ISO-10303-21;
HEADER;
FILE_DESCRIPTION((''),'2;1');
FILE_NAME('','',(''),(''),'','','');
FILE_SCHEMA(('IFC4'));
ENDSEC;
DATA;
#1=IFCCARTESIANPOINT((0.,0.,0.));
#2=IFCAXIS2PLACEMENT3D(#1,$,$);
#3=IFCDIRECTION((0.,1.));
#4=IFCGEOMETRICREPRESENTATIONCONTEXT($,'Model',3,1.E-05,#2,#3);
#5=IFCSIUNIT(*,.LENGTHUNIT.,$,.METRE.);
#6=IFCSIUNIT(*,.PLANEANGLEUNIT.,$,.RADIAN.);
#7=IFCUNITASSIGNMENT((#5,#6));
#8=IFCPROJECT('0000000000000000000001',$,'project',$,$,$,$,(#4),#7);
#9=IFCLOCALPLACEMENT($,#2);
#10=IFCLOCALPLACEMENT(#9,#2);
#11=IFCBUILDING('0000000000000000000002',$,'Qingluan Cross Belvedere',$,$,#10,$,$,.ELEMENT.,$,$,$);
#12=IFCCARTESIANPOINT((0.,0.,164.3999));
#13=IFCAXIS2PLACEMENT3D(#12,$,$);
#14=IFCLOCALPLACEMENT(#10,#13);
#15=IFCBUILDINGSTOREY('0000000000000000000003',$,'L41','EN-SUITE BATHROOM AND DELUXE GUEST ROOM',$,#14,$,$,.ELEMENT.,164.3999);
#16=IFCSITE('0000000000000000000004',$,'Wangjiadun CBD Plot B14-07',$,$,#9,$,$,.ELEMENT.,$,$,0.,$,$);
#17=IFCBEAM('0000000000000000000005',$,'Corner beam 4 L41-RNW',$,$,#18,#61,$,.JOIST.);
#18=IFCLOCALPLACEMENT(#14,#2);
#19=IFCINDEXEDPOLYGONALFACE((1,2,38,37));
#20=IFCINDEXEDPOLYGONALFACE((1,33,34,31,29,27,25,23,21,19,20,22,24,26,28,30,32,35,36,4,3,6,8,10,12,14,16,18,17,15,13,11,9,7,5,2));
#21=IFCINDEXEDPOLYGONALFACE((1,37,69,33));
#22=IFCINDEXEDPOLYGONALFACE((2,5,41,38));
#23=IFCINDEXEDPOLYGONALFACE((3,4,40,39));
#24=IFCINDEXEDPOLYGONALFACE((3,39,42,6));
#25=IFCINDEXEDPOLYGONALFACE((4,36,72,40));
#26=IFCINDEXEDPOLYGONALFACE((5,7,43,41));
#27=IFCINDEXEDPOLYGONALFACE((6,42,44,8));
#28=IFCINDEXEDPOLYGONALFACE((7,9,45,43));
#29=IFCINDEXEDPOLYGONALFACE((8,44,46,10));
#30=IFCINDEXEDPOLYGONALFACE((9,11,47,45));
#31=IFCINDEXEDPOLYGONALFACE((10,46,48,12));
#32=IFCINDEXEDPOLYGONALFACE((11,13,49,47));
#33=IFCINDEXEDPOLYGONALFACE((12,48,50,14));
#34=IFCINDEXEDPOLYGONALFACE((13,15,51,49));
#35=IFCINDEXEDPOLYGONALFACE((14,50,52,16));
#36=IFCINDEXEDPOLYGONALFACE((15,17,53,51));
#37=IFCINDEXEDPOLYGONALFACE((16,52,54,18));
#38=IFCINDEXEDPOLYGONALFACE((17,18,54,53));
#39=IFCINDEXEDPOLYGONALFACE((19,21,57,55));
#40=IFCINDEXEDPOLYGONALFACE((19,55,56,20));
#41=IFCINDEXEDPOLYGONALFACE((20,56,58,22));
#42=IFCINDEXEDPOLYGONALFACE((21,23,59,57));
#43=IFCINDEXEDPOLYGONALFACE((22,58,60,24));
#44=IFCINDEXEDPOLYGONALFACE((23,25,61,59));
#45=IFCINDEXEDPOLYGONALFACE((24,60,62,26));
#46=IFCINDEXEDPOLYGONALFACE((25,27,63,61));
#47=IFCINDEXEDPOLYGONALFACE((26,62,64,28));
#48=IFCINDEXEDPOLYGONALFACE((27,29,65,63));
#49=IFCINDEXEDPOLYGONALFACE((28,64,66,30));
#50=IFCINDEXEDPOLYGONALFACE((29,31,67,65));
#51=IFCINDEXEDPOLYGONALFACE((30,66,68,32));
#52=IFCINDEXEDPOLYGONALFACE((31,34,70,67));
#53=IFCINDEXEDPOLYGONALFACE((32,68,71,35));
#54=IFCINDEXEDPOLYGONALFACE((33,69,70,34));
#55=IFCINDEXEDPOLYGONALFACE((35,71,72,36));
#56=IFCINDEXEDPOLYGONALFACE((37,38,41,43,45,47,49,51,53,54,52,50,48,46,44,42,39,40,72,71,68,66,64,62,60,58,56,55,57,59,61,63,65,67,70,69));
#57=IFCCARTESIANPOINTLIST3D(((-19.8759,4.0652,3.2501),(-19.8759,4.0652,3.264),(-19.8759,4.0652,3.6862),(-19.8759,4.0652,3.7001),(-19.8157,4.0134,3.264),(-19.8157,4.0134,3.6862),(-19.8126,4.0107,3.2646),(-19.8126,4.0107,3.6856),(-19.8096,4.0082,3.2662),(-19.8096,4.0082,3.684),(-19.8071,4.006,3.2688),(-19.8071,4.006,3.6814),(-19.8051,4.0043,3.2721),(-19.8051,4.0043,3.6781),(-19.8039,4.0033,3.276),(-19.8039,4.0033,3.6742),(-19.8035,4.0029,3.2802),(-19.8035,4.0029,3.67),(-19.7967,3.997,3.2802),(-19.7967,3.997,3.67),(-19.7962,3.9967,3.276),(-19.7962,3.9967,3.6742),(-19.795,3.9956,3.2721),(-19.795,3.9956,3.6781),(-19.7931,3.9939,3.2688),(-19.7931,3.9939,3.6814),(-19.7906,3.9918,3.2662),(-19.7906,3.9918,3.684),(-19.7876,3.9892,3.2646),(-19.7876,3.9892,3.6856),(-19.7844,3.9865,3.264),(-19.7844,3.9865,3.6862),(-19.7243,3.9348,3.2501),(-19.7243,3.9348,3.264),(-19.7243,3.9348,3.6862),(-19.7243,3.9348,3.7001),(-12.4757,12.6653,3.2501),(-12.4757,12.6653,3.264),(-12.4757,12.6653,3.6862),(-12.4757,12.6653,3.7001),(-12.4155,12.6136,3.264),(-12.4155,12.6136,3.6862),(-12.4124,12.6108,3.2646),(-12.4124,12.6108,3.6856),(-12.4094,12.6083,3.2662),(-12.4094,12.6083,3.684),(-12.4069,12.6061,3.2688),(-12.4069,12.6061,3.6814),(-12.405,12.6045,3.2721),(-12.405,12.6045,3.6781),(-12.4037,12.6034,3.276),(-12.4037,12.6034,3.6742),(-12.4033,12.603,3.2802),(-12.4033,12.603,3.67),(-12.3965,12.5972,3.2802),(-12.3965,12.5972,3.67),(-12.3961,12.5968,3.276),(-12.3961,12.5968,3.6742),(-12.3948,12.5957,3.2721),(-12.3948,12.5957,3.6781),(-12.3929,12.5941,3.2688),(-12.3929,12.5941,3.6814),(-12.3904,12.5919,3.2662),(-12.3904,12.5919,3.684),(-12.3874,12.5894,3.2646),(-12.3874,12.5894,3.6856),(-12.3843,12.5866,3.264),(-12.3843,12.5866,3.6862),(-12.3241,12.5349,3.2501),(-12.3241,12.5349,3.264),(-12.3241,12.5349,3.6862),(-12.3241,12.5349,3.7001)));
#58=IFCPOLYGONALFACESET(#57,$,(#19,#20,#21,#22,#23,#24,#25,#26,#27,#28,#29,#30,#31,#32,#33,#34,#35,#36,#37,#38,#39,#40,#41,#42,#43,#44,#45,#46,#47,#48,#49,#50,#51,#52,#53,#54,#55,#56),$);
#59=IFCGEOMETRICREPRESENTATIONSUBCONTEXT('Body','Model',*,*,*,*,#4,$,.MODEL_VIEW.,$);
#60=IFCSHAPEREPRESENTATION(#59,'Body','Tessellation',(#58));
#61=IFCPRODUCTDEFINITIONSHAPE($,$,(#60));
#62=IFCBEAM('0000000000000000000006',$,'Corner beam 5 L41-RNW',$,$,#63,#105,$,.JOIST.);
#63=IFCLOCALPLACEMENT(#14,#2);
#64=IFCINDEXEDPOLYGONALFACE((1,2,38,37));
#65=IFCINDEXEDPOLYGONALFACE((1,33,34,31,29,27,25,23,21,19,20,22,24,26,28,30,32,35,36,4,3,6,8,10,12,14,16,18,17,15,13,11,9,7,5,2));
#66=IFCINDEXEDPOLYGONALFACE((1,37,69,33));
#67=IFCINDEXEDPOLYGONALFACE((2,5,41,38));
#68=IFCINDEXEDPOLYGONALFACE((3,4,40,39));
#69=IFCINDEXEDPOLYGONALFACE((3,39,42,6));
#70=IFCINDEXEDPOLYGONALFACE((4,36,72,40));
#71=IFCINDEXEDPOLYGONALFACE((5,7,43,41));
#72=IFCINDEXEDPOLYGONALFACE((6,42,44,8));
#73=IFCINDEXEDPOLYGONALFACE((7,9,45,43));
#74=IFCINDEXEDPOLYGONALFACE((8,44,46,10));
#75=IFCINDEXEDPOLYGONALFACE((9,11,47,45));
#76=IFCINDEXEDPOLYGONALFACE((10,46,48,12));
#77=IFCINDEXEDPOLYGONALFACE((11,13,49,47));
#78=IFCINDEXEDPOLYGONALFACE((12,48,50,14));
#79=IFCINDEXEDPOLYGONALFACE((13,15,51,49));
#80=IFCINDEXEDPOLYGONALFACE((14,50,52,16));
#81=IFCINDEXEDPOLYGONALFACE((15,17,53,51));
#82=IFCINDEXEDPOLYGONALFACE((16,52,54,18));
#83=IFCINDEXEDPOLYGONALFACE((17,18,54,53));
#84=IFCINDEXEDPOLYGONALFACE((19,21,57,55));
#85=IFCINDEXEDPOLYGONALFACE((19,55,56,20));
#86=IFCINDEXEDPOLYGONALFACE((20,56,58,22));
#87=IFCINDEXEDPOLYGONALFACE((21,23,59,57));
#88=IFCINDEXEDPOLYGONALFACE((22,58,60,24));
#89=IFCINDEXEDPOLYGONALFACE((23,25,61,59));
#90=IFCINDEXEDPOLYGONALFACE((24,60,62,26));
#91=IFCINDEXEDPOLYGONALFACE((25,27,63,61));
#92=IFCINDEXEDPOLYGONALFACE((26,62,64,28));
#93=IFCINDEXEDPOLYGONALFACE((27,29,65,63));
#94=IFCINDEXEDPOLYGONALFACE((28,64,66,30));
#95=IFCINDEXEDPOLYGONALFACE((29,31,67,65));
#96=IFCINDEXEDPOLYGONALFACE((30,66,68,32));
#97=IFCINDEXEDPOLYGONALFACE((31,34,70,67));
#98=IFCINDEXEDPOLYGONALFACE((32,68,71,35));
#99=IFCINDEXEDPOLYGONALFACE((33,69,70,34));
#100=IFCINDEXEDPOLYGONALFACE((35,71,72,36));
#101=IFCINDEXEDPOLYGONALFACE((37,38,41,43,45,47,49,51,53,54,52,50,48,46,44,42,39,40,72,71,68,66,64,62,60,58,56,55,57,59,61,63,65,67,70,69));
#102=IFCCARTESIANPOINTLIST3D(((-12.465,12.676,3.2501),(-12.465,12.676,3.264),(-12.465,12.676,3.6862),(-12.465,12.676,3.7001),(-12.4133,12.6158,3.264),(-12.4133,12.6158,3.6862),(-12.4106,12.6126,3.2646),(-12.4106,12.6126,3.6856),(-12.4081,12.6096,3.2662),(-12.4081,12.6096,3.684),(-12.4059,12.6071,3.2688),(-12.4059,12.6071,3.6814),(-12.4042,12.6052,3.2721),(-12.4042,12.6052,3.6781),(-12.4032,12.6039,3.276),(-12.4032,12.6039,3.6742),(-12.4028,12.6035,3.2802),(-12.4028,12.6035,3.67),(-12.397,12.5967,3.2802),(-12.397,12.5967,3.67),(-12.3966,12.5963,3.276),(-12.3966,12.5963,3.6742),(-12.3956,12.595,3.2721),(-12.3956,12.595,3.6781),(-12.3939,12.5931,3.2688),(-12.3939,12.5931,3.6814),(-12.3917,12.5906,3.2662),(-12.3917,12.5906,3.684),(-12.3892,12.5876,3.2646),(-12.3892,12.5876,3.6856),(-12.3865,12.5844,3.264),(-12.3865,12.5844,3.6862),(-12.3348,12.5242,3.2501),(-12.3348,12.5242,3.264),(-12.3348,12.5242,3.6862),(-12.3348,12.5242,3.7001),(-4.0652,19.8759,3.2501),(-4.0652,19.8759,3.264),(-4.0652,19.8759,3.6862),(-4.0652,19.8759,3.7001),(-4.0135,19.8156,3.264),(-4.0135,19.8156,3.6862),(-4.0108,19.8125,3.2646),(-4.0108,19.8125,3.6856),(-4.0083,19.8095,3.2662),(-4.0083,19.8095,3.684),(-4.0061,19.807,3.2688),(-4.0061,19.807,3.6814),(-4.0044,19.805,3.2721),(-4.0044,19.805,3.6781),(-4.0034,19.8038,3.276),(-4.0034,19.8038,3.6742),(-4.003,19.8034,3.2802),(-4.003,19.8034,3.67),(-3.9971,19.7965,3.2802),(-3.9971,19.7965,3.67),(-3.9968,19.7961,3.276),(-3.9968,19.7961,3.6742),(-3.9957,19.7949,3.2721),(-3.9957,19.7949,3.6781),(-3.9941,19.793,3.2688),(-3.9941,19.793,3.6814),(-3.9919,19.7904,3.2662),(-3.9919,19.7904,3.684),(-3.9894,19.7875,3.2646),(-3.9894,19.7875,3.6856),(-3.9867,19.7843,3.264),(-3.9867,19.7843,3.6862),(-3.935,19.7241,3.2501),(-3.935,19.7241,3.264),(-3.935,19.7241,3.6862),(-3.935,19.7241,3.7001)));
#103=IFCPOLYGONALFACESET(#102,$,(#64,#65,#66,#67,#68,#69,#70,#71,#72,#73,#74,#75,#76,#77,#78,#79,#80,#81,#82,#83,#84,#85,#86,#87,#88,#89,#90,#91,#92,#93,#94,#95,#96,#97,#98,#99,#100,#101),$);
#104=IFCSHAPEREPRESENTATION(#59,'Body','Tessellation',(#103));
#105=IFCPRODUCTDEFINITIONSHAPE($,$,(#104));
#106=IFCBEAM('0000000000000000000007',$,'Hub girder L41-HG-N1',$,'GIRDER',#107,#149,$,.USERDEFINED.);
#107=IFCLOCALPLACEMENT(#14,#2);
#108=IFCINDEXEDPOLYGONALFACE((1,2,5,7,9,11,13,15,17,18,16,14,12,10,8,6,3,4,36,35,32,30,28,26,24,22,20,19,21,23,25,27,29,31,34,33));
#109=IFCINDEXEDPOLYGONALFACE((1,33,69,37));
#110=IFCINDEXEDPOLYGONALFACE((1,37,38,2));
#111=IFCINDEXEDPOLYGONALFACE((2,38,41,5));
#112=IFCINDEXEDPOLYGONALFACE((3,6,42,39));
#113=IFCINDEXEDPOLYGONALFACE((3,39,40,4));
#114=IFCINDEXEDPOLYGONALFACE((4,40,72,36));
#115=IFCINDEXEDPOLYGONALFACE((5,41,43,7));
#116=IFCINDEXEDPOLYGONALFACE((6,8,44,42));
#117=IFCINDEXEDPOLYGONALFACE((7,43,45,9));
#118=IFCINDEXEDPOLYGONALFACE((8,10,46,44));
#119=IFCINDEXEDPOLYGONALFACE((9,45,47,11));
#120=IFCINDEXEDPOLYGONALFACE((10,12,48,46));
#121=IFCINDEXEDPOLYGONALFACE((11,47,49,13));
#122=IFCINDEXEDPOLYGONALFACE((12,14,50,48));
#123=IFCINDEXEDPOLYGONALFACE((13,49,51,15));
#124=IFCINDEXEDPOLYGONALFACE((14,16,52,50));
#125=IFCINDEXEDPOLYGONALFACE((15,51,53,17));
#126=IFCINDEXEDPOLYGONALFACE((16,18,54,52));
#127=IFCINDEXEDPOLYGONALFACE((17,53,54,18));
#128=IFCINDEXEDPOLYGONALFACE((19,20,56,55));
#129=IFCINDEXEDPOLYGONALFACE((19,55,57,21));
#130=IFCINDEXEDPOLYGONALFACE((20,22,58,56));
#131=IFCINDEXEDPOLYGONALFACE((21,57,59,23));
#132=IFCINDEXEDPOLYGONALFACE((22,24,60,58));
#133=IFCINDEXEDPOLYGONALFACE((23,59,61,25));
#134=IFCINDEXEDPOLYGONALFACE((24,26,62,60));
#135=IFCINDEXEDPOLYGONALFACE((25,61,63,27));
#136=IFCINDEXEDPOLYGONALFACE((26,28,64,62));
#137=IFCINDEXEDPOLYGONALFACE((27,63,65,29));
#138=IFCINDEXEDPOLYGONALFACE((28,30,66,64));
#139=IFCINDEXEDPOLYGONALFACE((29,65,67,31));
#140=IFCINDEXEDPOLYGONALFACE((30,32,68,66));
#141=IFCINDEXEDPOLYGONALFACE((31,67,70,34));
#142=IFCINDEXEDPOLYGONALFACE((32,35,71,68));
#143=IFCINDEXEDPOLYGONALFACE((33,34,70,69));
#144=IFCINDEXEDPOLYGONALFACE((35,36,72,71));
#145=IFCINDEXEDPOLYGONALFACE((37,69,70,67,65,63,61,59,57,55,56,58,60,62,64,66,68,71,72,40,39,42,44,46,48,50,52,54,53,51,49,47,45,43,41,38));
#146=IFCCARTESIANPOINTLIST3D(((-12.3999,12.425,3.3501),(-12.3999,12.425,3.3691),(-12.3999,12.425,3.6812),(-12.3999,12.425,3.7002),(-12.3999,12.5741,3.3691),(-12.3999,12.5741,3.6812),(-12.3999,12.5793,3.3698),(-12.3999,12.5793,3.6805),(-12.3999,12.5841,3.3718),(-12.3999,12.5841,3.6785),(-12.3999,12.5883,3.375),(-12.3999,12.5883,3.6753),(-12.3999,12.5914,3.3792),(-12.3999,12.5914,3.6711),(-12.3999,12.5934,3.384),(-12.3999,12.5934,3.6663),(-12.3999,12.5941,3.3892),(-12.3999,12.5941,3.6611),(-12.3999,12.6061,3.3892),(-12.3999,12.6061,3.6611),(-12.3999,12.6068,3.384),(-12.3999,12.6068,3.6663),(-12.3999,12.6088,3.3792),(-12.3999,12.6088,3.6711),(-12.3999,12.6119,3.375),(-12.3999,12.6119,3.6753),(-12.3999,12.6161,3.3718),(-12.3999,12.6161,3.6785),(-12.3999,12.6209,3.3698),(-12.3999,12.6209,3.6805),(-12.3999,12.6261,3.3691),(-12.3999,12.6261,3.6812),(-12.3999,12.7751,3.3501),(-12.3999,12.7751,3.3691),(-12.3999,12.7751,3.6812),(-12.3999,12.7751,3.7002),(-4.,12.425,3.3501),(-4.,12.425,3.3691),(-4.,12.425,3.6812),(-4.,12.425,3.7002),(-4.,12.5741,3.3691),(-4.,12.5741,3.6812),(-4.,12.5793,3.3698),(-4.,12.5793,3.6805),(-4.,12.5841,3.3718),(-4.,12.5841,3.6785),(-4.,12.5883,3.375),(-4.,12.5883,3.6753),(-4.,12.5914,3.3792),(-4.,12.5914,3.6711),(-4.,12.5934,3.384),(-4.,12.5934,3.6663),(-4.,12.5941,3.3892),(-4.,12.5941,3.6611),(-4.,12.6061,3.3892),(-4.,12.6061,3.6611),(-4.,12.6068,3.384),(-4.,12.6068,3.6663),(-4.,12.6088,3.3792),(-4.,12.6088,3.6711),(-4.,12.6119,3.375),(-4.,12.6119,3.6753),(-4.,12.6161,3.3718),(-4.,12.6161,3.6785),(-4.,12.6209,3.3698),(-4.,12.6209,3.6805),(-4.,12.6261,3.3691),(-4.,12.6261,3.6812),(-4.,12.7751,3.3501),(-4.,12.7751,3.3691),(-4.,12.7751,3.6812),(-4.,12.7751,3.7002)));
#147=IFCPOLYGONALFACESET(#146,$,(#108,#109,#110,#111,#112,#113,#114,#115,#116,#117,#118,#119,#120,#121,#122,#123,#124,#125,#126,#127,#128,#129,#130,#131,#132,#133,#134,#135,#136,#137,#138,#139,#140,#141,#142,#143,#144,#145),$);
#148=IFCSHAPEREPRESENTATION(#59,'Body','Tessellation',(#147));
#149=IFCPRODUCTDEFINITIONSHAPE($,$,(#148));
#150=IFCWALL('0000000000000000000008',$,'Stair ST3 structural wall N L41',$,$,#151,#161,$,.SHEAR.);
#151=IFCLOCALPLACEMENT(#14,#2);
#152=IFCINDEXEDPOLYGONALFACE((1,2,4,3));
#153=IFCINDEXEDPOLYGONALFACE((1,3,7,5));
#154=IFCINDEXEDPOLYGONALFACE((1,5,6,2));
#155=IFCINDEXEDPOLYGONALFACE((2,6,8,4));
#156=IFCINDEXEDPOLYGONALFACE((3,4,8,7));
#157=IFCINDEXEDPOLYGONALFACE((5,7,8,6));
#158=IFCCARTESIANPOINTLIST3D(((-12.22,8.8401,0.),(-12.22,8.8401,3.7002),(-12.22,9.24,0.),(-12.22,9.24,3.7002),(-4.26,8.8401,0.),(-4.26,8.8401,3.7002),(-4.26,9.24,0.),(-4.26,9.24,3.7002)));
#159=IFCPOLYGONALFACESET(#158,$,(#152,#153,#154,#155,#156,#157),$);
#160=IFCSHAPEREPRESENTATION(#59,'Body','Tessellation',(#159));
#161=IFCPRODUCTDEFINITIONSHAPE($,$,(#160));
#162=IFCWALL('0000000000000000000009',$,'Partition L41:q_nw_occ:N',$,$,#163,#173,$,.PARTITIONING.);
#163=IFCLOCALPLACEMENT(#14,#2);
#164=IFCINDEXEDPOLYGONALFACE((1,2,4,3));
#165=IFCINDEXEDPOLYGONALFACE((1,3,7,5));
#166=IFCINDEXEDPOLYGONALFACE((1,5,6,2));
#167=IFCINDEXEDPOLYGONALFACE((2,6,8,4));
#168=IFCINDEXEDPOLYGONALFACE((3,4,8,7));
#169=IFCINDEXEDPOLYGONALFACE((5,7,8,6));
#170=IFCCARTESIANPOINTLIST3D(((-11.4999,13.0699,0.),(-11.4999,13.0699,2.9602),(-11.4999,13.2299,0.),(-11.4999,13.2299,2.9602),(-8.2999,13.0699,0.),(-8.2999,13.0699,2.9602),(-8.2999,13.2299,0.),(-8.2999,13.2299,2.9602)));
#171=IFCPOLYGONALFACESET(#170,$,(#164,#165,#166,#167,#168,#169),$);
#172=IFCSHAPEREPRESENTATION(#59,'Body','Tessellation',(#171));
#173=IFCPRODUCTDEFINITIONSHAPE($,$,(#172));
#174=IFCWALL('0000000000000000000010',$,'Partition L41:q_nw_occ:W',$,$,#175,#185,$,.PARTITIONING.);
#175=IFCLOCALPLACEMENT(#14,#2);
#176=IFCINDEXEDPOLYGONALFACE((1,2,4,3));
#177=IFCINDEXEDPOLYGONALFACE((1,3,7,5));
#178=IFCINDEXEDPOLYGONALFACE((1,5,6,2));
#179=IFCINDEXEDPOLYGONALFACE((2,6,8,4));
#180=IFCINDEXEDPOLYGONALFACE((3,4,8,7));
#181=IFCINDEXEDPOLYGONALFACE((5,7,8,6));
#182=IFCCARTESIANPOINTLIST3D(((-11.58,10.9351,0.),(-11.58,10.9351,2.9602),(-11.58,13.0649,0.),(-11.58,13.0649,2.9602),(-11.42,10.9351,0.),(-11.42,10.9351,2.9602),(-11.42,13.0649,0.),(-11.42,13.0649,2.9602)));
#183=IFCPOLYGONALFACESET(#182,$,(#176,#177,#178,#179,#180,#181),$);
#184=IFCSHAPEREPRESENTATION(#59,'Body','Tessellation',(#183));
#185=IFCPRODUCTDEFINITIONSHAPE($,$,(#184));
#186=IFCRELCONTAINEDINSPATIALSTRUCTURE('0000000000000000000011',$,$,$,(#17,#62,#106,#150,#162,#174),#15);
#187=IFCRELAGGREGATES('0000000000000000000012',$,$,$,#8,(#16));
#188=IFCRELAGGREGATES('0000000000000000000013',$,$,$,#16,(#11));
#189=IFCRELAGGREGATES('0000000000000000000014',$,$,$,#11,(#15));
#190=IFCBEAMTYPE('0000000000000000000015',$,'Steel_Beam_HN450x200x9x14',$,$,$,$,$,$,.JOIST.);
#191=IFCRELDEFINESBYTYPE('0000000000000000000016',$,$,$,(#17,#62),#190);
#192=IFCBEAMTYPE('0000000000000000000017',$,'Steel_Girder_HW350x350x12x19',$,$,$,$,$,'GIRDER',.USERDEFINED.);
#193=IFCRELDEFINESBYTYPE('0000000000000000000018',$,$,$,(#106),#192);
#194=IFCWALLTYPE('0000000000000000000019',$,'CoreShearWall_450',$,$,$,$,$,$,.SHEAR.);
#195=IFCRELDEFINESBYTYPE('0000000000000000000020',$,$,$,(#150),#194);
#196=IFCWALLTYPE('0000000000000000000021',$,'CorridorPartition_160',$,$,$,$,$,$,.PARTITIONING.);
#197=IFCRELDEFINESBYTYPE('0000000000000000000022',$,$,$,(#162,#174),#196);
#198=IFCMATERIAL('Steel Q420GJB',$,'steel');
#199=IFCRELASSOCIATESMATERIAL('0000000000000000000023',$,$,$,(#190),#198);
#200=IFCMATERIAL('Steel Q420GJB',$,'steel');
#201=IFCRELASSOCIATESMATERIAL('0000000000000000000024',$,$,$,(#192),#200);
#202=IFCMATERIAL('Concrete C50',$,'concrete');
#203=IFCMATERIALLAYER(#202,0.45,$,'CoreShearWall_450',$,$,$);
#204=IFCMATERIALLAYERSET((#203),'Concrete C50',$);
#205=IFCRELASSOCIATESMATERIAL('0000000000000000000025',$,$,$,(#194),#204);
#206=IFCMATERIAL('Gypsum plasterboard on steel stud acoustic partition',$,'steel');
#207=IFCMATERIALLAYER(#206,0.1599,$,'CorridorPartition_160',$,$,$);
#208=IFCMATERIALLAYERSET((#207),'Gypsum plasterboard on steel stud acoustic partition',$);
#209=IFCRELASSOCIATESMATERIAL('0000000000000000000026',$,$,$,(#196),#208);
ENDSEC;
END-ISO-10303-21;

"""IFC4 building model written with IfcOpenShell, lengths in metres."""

from ifc_helpers import new_model, si_unit, direction, frame, frame_2d, origin, origin_2d, place, context, subcontext, project, spatial, rectangle, i_section, extrude, material, layer, layer_set, material_profile, profile_set, type_object, element, save


model = new_model("IFC4")

# Units and contexts
model_context = context("Model", 3, precision=1e-05, world=origin(), true_north=direction((0.0, 1.0)))
body_context = subcontext(model_context, "Body", "Model", "MODEL_VIEW")
ifc_project = project(units=[si_unit("LENGTHUNIT", "METRE"), si_unit("PLANEANGLEUNIT", "RADIAN")], contexts=[model_context])

# Site, building, storey
site_placement = place(None, origin())
site = spatial("IfcSite", under=ifc_project, at=site_placement, Name="Wangjiadun CBD Plot B14-07", CompositionType="ELEMENT", RefElevation=0.0)
building_placement = place(site_placement, origin())
building = spatial("IfcBuilding", under=site, at=building_placement, Name="Qingluan Cross Belvedere", CompositionType="ELEMENT")
storey_placement = place(building_placement, frame((0.0, 0.0, 164.3999)))
storey = spatial("IfcBuildingStorey", under=building, at=storey_placement, Name="L41", Description="EN-SUITE BATHROOM AND DELUXE GUEST ROOM", CompositionType="ELEMENT", Elevation=164.3999)

# Beams
ifc_material_1 = material(Name="Steel Q420GJB", Category="steel")
ifc_material_profile_1 = material_profile(ifc_material_1, i_section(OverallWidth=0.2, OverallDepth=0.45, WebThickness=0.009, FlangeThickness=0.0139, FilletRadius=0.0161, at=origin_2d()), Name="HN450x200x9x14")
ifc_profile_set_1 = profile_set([ifc_material_profile_1], Name="Steel Q420GJB")
beam_type_1 = type_object("IfcBeamType", Name="Steel_Beam_HN450x200x9x14", PredefinedType="JOIST", material=ifc_profile_set_1)
beam_1_placement = place(storey_placement, frame((-12.3999, 12.6001, 3.4751), z_axis=(-0.652245, -0.758008, 0.0), x_axis=(0.758008, -0.652245, 0.0)))
element("IfcBeam", 1, at=beam_1_placement, inside=storey, type_object=beam_type_1, Name="Corner beam 4 L41-RNW", PredefinedType="JOIST", context=body_context, shape_type="SweptSolid", body=[
    extrude(i_section(OverallWidth=0.2, OverallDepth=0.45, WebThickness=0.009, FlangeThickness=0.0139, FilletRadius=0.0161, at=origin_2d()), origin(), (0.0, 0.0, 1.0), 11.3457),
])
beam_2_placement = place(storey_placement, frame((-12.3999, 12.6001, 3.4751), z_axis=(0.759255, 0.650793, 0.0), x_axis=(-0.650793, 0.759255, 0.0)))
element("IfcBeam", 2, at=beam_2_placement, inside=storey, type_object=beam_type_1, Name="Corner beam 5 L41-RNW", PredefinedType="JOIST", context=body_context, shape_type="SweptSolid", body=[
    extrude(i_section(OverallWidth=0.2, OverallDepth=0.45, WebThickness=0.009, FlangeThickness=0.0139, FilletRadius=0.0161, at=origin_2d()), origin(), (0.0, 0.0, 1.0), 11.0632),
])
ifc_material_2 = material(Name="Steel Q420GJB", Category="steel")
ifc_material_profile_2 = material_profile(ifc_material_2, i_section(OverallWidth=0.3501, OverallDepth=0.3501, WebThickness=0.012, FlangeThickness=0.019, FilletRadius=0.02, at=origin_2d()), Name="HW350x350x12x19")
ifc_profile_set_2 = profile_set([ifc_material_profile_2], Name="Steel Q420GJB")
beam_type_2 = type_object("IfcBeamType", Name="Steel_Girder_HW350x350x12x19", ElementType="GIRDER", PredefinedType="USERDEFINED", material=ifc_profile_set_2)
beam_3_placement = place(storey_placement, frame((-12.3999, 12.6001, 3.5251), z_axis=(1.0, 0.0, 0.0), x_axis=(0.0, 1.0, 0.0)))
element("IfcBeam", 3, at=beam_3_placement, inside=storey, type_object=beam_type_2, Name="Hub girder L41-HG-N1", ObjectType="GIRDER", PredefinedType="USERDEFINED", context=body_context, shape_type="SweptSolid", body=[
    extrude(i_section(OverallWidth=0.3501, OverallDepth=0.3501, WebThickness=0.012, FlangeThickness=0.019, FilletRadius=0.02, at=origin_2d()), origin(), (0.0, 0.0, 1.0), 8.3999),
])

# Wall
ifc_material_3 = material(Name="Concrete C50", Category="concrete")
ifc_layer_1 = layer(ifc_material_3, 0.45, Name="CoreShearWall_450")
ifc_layer_set_1 = layer_set([ifc_layer_1], Name="Concrete C50")
wall_type_1 = type_object("IfcWallType", Name="CoreShearWall_450", PredefinedType="SHEAR", material=ifc_layer_set_1)
wall_1_placement = place(storey_placement, frame((-12.22, 9.04, 0.0), z_axis=(0.0, 0.0, 1.0), x_axis=(1.0, 0.0, 0.0)))
element("IfcWall", 4, at=wall_1_placement, inside=storey, type_object=wall_type_1, Name="Stair ST3 structural wall N L41", PredefinedType="SHEAR", context=body_context, shape_type="SweptSolid", body=[
    extrude(rectangle(XDim=7.96, YDim=0.3999, at=frame_2d((3.98, 0.0))), origin(), (0.0, 0.0, 1.0), 3.7002),
])

# Shared definitions
ifc_material_4 = material(Name="Gypsum plasterboard on steel stud acoustic partition", Category="steel")
ifc_layer_2 = layer(ifc_material_4, 0.1599, Name="CorridorPartition_160")
ifc_layer_set_2 = layer_set([ifc_layer_2], Name="Gypsum plasterboard on steel stud acoustic partition")
wall_type_2 = type_object("IfcWallType", Name="CorridorPartition_160", PredefinedType="PARTITIONING", material=ifc_layer_set_2)

# Walls
wall_2_placement = place(storey_placement, frame((-11.5, 13.1499, 0.0), z_axis=(0.0, 0.0, 1.0), x_axis=(1.0, 0.0, 0.0)))
element("IfcWall", 5, at=wall_2_placement, inside=storey, type_object=wall_type_2, Name="Partition L41:q_nw_occ:N", PredefinedType="PARTITIONING", context=body_context, shape_type="SweptSolid", body=[
    extrude(rectangle(XDim=3.2, YDim=0.1599, at=frame_2d((1.6001, 0.0))), origin(), (0.0, 0.0, 1.0), 2.9602),
])
for number, where, z_axis, x_axis, name in (
    (6, (-11.5, 10.9351, 0.0), (0.0, 0.0, 1.0), (0.0, 1.0, 0.0), "Partition L41:q_nw_occ:W"),
):
    element("IfcWall", number, at=place(storey_placement, frame(where, z_axis=z_axis, x_axis=x_axis)), inside=storey, type_object=wall_type_2, Name=name, PredefinedType="PARTITIONING", context=body_context, shape_type="SweptSolid", body=[
        extrude(rectangle(XDim=2.1299, YDim=0.1599, at=frame_2d((1.0649, 0.0))), origin(), (0.0, 0.0, 1.0), 2.9602),
    ])

save(model, "model.ifc")
